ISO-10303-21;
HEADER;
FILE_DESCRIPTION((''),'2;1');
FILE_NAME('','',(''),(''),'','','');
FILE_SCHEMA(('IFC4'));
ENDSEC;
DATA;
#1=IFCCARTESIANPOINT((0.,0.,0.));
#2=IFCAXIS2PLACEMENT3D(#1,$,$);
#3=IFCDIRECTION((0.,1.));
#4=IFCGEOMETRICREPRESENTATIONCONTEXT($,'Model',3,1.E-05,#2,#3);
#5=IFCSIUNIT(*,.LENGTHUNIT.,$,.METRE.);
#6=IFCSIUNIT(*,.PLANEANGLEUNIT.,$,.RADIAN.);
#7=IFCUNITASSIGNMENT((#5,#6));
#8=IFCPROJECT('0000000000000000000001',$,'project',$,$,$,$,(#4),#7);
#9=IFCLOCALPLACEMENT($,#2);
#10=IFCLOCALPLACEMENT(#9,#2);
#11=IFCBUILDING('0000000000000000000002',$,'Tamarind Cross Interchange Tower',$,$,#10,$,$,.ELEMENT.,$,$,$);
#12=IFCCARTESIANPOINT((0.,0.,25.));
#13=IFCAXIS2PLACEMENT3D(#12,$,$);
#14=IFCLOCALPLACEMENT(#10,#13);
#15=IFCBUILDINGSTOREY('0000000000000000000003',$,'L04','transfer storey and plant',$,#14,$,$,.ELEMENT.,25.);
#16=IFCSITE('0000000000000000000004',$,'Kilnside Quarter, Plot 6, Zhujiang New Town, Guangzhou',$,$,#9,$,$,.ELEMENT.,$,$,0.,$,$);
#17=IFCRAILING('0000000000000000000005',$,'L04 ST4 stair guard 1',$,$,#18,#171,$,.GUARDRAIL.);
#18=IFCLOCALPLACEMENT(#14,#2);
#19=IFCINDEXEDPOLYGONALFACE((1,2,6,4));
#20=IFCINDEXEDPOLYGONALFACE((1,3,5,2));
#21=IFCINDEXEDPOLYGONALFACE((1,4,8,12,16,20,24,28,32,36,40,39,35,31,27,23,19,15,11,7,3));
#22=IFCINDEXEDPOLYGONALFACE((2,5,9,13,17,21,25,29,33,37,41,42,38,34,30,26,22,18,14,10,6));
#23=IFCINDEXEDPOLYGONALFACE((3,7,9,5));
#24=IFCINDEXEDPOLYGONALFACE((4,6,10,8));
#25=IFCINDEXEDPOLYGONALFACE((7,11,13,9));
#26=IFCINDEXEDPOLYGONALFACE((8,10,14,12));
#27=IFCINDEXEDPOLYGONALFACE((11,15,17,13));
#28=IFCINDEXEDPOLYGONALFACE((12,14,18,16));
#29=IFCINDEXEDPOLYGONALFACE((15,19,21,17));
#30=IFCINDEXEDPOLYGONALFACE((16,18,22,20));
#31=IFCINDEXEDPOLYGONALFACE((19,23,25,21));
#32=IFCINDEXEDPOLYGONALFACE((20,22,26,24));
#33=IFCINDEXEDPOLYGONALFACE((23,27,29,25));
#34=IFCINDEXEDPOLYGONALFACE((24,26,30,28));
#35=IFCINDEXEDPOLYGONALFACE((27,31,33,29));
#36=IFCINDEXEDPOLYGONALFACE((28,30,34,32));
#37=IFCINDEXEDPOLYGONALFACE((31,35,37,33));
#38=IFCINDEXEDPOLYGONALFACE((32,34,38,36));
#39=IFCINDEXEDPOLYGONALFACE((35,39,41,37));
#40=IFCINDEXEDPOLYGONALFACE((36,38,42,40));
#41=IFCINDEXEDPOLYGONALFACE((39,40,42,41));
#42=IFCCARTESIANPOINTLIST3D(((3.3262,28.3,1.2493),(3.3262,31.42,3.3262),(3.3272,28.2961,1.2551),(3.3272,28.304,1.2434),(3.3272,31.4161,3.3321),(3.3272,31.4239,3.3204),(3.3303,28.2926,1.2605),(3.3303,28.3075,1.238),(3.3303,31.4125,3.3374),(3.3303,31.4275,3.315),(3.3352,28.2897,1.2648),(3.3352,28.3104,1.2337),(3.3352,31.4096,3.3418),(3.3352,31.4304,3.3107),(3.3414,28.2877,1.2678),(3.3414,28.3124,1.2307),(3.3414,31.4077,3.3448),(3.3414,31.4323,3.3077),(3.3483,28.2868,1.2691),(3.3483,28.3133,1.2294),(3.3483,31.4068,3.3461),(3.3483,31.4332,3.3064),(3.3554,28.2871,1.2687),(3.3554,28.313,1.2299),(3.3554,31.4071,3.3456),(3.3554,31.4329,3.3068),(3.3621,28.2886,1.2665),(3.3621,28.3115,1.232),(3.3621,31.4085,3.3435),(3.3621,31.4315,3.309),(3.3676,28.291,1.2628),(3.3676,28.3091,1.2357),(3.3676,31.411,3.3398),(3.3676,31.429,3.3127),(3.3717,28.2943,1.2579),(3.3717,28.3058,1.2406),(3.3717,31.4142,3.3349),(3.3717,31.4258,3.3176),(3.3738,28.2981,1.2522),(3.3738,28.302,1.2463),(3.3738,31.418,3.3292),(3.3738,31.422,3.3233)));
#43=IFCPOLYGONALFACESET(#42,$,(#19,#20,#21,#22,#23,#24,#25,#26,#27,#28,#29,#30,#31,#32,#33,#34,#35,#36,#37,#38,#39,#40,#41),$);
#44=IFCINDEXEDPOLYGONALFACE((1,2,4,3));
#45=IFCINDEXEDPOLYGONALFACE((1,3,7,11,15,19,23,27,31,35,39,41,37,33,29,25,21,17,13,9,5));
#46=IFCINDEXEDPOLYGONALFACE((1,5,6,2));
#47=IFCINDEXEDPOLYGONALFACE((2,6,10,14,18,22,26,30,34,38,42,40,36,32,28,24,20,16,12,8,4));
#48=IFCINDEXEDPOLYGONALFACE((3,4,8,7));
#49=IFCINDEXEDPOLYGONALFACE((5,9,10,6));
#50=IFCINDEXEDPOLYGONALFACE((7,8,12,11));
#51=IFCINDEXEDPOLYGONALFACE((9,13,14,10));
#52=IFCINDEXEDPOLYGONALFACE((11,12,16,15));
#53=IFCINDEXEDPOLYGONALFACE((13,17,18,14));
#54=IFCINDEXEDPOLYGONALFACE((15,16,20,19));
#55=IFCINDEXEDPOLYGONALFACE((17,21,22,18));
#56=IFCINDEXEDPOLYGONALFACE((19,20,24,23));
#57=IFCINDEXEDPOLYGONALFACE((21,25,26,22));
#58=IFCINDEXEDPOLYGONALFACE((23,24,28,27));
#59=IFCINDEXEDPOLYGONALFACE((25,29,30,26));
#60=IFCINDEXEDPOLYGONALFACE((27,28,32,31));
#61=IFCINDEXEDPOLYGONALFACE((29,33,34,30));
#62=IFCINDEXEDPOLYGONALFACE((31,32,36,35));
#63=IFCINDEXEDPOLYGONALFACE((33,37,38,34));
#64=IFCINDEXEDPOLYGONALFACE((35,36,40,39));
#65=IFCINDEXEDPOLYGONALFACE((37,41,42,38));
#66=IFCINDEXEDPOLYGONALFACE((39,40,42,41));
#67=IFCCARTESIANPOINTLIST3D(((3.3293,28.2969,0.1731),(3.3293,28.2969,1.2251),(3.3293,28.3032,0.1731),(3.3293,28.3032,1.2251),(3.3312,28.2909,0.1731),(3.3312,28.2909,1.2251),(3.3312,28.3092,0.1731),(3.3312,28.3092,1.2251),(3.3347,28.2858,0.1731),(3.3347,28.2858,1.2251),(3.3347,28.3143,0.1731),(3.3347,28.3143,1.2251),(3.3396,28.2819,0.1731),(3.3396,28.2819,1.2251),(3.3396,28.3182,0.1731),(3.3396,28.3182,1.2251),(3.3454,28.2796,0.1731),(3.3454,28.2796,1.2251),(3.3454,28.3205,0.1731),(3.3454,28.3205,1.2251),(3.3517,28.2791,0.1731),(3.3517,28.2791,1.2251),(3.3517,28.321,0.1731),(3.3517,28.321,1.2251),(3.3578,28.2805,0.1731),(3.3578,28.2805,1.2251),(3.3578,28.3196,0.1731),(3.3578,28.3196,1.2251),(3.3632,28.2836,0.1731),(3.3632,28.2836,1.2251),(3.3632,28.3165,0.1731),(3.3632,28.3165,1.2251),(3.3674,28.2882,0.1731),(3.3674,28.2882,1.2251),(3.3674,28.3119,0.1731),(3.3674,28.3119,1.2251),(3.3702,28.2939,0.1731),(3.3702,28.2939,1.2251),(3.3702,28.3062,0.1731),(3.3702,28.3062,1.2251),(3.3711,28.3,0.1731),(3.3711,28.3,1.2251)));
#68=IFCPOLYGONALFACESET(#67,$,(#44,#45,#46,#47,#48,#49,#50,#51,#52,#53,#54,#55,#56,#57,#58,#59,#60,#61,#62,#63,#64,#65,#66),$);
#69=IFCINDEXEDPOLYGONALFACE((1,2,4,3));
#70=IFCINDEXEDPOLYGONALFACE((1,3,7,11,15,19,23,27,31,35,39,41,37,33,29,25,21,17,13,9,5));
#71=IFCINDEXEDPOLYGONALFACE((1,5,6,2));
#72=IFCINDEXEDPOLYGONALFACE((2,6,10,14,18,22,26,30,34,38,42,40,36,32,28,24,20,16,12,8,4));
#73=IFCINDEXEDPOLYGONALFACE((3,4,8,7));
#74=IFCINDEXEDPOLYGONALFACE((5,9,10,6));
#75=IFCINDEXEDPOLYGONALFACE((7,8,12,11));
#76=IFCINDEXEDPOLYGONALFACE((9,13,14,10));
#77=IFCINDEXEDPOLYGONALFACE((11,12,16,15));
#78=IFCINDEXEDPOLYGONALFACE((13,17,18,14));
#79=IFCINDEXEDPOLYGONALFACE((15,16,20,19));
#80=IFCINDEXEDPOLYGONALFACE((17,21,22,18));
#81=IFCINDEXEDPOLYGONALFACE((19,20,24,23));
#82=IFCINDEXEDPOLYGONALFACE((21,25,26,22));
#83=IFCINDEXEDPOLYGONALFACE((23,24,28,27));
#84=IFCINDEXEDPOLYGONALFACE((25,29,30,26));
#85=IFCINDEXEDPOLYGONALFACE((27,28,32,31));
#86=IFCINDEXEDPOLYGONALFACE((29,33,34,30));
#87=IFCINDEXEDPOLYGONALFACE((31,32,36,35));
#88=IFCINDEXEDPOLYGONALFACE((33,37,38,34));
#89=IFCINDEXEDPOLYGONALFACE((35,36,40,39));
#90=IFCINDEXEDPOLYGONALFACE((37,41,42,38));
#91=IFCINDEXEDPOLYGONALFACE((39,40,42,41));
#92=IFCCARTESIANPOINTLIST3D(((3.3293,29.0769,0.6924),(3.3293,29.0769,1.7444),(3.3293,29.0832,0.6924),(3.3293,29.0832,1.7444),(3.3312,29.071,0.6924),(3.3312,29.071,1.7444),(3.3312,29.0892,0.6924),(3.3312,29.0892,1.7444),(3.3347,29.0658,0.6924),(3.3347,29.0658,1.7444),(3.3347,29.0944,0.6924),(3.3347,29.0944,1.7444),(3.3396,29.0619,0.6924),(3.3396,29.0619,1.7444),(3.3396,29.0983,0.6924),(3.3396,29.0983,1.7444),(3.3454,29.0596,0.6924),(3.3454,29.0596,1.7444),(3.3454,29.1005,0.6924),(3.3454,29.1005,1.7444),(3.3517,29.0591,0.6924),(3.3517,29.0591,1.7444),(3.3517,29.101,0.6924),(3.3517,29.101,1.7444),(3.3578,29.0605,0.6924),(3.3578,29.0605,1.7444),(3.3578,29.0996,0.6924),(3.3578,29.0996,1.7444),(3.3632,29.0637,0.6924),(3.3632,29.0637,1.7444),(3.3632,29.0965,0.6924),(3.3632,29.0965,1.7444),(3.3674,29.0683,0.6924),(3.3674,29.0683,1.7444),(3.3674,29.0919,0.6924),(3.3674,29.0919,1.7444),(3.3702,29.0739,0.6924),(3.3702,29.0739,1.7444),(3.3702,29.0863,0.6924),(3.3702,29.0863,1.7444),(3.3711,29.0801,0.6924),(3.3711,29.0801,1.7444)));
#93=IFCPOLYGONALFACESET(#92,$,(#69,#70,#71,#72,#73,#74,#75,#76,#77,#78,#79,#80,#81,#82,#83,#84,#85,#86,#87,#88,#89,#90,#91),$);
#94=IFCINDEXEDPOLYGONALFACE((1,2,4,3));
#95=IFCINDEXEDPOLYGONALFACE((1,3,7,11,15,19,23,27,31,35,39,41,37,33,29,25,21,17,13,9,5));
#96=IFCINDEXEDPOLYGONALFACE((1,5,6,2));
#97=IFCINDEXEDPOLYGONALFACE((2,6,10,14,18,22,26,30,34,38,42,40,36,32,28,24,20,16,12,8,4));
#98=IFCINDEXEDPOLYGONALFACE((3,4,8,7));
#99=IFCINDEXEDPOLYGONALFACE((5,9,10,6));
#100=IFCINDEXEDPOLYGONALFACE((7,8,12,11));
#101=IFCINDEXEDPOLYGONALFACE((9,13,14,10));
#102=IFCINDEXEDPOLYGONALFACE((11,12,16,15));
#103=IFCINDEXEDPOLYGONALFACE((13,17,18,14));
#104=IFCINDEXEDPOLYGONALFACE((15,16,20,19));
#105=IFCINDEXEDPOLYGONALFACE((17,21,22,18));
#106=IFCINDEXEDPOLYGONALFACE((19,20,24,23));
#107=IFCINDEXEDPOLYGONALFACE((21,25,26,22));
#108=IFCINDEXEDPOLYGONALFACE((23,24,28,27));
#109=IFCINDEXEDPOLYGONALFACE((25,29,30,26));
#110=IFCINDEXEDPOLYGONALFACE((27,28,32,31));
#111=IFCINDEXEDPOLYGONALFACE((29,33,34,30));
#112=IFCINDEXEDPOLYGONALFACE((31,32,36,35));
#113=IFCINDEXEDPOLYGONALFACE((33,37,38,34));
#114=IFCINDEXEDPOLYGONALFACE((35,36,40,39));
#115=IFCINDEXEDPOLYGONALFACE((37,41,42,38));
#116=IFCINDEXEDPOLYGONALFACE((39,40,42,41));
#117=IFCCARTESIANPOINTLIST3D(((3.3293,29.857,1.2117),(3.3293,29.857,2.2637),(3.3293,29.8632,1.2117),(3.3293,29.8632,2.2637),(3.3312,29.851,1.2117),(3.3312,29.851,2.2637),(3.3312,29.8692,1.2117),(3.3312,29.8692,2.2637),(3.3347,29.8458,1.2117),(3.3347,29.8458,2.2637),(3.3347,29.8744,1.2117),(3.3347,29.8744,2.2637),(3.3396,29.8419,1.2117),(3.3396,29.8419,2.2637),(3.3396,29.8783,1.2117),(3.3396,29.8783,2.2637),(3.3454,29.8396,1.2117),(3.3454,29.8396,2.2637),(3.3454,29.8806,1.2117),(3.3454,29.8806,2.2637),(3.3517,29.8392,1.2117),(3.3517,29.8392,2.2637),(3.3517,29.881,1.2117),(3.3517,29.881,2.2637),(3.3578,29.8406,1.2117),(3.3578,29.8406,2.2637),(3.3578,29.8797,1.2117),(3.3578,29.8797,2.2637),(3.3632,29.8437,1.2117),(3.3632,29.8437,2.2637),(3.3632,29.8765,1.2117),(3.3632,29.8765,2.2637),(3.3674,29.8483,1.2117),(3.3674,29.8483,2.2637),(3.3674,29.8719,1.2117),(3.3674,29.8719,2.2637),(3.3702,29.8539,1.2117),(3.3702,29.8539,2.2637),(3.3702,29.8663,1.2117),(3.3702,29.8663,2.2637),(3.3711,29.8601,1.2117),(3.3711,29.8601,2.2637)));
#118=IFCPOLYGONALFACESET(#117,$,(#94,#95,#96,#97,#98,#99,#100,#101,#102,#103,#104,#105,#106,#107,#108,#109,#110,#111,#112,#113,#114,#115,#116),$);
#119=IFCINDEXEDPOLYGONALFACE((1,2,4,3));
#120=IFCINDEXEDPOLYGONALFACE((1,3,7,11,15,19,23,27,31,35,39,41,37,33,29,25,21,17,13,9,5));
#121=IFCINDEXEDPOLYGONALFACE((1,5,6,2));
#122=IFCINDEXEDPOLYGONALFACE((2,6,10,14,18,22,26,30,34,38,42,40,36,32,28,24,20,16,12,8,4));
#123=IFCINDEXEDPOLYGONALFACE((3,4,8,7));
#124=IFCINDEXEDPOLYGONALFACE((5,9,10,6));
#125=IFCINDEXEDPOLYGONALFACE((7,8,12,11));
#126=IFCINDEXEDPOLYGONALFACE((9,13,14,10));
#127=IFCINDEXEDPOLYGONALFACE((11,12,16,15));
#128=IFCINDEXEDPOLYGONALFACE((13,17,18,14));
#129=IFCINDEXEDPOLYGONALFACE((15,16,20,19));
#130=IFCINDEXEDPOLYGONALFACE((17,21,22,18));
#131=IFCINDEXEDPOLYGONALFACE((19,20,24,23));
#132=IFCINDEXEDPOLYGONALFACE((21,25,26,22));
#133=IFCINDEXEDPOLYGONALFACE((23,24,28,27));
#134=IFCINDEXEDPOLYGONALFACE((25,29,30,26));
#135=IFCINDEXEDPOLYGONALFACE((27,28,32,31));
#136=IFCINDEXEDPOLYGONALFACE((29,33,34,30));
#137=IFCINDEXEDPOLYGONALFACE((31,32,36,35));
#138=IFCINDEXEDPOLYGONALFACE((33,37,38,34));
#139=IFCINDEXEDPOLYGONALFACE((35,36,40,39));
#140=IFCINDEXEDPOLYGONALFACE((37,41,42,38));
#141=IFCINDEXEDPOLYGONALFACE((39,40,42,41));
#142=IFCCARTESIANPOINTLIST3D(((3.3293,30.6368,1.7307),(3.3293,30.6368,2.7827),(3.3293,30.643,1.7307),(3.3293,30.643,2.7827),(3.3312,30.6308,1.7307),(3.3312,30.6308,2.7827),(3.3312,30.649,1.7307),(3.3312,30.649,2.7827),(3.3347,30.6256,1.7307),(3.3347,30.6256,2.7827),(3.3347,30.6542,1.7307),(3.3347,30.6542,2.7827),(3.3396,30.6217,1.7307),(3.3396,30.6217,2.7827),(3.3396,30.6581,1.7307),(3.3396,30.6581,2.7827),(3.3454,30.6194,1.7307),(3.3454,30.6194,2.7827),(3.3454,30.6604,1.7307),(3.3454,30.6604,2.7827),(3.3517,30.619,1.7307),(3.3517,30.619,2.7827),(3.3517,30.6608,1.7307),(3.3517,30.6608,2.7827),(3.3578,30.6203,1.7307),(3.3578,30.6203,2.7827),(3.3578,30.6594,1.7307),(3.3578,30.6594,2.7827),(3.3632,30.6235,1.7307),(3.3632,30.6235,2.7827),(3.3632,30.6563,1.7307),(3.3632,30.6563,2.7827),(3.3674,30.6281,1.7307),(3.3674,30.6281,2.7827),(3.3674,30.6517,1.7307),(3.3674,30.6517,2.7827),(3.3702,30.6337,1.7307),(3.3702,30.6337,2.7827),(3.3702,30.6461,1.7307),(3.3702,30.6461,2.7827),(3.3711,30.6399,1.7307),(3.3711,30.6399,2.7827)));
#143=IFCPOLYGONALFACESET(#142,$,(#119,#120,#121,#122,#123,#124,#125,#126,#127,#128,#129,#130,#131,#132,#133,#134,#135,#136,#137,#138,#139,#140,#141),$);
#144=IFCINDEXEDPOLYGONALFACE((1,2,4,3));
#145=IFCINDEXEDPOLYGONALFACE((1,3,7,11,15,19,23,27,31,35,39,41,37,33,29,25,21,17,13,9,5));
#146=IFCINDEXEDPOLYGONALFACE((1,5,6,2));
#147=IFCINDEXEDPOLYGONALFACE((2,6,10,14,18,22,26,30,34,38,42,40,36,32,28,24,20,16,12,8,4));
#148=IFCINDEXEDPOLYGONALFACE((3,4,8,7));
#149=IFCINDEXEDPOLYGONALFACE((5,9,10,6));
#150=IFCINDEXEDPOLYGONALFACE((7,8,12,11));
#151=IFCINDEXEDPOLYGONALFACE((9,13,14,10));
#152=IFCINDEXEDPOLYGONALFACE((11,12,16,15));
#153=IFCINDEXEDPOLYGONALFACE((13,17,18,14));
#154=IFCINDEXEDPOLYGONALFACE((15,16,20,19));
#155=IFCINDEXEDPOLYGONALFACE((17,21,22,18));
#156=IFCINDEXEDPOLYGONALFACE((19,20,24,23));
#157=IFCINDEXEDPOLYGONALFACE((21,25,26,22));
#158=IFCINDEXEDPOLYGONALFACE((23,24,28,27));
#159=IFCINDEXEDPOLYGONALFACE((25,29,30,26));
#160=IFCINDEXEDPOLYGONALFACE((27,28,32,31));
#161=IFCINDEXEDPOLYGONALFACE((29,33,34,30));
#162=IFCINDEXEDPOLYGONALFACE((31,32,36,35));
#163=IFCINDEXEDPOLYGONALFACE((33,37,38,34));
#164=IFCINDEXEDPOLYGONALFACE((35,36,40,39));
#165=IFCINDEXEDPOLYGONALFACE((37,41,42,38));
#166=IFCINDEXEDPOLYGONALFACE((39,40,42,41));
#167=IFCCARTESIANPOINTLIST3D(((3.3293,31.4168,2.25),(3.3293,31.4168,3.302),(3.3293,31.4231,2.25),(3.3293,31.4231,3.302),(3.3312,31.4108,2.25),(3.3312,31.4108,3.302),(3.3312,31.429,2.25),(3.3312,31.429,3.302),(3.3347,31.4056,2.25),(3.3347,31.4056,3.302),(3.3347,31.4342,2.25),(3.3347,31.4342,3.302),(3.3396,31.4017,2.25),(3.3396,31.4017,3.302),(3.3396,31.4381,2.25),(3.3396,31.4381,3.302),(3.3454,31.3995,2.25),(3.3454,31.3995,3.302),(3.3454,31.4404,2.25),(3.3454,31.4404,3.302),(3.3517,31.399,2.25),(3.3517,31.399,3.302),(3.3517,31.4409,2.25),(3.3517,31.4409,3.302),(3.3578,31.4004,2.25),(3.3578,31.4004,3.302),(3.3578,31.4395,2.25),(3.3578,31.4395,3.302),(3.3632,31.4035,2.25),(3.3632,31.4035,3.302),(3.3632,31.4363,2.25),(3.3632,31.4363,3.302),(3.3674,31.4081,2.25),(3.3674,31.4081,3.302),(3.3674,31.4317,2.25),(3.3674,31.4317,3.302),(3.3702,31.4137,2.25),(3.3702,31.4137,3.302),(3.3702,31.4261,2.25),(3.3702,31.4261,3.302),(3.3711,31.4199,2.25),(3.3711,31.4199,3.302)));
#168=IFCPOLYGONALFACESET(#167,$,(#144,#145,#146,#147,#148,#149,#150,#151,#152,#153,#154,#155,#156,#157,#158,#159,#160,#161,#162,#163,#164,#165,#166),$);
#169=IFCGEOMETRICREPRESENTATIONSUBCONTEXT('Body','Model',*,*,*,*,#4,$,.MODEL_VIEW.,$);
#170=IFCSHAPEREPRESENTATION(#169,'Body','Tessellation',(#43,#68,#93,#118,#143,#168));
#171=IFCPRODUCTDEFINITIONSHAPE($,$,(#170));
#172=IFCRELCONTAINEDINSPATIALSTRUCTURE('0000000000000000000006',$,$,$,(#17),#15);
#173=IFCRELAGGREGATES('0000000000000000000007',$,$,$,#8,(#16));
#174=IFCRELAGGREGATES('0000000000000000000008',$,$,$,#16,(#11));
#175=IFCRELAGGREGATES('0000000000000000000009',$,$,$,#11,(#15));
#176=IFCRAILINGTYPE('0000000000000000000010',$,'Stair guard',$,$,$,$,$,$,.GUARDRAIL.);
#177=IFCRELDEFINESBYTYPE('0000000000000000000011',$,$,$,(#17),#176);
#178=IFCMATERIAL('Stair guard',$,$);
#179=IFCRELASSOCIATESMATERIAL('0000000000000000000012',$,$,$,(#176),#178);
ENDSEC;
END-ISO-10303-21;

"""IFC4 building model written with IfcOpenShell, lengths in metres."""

from ifc_helpers import new_model, si_unit, direction, frame, origin, origin_2d, place, context, subcontext, project, spatial, circle, extrude, material, type_object, element, save


model = new_model("IFC4")

# Units and contexts
model_context = context("Model", 3, precision=1e-05, world=origin(), true_north=direction((0.0, 1.0)))
body_context = subcontext(model_context, "Body", "Model", "MODEL_VIEW")
ifc_project = project(units=[si_unit("LENGTHUNIT", "METRE"), si_unit("PLANEANGLEUNIT", "RADIAN")], contexts=[model_context])

# Site, building, storey
site_placement = place(None, origin())
site = spatial("IfcSite", under=ifc_project, at=site_placement, Name="Kilnside Quarter, Plot 6, Zhujiang New Town, Guangzhou", CompositionType="ELEMENT", RefElevation=0.0)
building_placement = place(site_placement, origin())
building = spatial("IfcBuilding", under=site, at=building_placement, Name="Tamarind Cross Interchange Tower", CompositionType="ELEMENT")
storey_placement = place(building_placement, frame((0.0, 0.0, 25.0)))
storey = spatial("IfcBuildingStorey", under=building, at=storey_placement, Name="L04", Description="transfer storey and plant", CompositionType="ELEMENT", Elevation=25.0)

# Railing
ifc_material_1 = material(Name="Stair guard")
railing_type_1 = type_object("IfcRailingType", Name="Stair guard", PredefinedType="GUARDRAIL", material=ifc_material_1)
railing_1_placement = place(storey_placement, frame((3.3501, 28.3, 0.1731)))
element("IfcRailing", 1, at=railing_1_placement, inside=storey, type_object=railing_type_1, Name="L04 ST4 stair guard 1", PredefinedType="GUARDRAIL", context=body_context, shape_type="SweptSolid", body=[
    extrude(circle(Radius=0.0239, at=origin_2d()), frame((0.0, 0.0, 1.0762), z_axis=(0.0, 0.832421, 0.554144), x_axis=(-1.0, 0.0, 0.0)), (0.0, 0.0, 1.0), 3.748),
    extrude(circle(Radius=0.021, at=origin_2d()), origin(), (0.0, 0.0, 1.0), 1.052),
    extrude(circle(Radius=0.021, at=origin_2d()), frame((0.0, 0.78, 0.5193)), (0.0, 0.0, 1.0), 1.052),
    extrude(circle(Radius=0.021, at=origin_2d()), frame((0.0, 1.5601, 1.0386)), (0.0, 0.0, 1.0), 1.052),
    extrude(circle(Radius=0.021, at=origin_2d()), frame((0.0, 2.3398, 1.5576)), (0.0, 0.0, 1.0), 1.052),
    extrude(circle(Radius=0.021, at=origin_2d()), frame((0.0, 3.1199, 2.0769)), (0.0, 0.0, 1.0), 1.052),
])

save(model, "model.ifc")
